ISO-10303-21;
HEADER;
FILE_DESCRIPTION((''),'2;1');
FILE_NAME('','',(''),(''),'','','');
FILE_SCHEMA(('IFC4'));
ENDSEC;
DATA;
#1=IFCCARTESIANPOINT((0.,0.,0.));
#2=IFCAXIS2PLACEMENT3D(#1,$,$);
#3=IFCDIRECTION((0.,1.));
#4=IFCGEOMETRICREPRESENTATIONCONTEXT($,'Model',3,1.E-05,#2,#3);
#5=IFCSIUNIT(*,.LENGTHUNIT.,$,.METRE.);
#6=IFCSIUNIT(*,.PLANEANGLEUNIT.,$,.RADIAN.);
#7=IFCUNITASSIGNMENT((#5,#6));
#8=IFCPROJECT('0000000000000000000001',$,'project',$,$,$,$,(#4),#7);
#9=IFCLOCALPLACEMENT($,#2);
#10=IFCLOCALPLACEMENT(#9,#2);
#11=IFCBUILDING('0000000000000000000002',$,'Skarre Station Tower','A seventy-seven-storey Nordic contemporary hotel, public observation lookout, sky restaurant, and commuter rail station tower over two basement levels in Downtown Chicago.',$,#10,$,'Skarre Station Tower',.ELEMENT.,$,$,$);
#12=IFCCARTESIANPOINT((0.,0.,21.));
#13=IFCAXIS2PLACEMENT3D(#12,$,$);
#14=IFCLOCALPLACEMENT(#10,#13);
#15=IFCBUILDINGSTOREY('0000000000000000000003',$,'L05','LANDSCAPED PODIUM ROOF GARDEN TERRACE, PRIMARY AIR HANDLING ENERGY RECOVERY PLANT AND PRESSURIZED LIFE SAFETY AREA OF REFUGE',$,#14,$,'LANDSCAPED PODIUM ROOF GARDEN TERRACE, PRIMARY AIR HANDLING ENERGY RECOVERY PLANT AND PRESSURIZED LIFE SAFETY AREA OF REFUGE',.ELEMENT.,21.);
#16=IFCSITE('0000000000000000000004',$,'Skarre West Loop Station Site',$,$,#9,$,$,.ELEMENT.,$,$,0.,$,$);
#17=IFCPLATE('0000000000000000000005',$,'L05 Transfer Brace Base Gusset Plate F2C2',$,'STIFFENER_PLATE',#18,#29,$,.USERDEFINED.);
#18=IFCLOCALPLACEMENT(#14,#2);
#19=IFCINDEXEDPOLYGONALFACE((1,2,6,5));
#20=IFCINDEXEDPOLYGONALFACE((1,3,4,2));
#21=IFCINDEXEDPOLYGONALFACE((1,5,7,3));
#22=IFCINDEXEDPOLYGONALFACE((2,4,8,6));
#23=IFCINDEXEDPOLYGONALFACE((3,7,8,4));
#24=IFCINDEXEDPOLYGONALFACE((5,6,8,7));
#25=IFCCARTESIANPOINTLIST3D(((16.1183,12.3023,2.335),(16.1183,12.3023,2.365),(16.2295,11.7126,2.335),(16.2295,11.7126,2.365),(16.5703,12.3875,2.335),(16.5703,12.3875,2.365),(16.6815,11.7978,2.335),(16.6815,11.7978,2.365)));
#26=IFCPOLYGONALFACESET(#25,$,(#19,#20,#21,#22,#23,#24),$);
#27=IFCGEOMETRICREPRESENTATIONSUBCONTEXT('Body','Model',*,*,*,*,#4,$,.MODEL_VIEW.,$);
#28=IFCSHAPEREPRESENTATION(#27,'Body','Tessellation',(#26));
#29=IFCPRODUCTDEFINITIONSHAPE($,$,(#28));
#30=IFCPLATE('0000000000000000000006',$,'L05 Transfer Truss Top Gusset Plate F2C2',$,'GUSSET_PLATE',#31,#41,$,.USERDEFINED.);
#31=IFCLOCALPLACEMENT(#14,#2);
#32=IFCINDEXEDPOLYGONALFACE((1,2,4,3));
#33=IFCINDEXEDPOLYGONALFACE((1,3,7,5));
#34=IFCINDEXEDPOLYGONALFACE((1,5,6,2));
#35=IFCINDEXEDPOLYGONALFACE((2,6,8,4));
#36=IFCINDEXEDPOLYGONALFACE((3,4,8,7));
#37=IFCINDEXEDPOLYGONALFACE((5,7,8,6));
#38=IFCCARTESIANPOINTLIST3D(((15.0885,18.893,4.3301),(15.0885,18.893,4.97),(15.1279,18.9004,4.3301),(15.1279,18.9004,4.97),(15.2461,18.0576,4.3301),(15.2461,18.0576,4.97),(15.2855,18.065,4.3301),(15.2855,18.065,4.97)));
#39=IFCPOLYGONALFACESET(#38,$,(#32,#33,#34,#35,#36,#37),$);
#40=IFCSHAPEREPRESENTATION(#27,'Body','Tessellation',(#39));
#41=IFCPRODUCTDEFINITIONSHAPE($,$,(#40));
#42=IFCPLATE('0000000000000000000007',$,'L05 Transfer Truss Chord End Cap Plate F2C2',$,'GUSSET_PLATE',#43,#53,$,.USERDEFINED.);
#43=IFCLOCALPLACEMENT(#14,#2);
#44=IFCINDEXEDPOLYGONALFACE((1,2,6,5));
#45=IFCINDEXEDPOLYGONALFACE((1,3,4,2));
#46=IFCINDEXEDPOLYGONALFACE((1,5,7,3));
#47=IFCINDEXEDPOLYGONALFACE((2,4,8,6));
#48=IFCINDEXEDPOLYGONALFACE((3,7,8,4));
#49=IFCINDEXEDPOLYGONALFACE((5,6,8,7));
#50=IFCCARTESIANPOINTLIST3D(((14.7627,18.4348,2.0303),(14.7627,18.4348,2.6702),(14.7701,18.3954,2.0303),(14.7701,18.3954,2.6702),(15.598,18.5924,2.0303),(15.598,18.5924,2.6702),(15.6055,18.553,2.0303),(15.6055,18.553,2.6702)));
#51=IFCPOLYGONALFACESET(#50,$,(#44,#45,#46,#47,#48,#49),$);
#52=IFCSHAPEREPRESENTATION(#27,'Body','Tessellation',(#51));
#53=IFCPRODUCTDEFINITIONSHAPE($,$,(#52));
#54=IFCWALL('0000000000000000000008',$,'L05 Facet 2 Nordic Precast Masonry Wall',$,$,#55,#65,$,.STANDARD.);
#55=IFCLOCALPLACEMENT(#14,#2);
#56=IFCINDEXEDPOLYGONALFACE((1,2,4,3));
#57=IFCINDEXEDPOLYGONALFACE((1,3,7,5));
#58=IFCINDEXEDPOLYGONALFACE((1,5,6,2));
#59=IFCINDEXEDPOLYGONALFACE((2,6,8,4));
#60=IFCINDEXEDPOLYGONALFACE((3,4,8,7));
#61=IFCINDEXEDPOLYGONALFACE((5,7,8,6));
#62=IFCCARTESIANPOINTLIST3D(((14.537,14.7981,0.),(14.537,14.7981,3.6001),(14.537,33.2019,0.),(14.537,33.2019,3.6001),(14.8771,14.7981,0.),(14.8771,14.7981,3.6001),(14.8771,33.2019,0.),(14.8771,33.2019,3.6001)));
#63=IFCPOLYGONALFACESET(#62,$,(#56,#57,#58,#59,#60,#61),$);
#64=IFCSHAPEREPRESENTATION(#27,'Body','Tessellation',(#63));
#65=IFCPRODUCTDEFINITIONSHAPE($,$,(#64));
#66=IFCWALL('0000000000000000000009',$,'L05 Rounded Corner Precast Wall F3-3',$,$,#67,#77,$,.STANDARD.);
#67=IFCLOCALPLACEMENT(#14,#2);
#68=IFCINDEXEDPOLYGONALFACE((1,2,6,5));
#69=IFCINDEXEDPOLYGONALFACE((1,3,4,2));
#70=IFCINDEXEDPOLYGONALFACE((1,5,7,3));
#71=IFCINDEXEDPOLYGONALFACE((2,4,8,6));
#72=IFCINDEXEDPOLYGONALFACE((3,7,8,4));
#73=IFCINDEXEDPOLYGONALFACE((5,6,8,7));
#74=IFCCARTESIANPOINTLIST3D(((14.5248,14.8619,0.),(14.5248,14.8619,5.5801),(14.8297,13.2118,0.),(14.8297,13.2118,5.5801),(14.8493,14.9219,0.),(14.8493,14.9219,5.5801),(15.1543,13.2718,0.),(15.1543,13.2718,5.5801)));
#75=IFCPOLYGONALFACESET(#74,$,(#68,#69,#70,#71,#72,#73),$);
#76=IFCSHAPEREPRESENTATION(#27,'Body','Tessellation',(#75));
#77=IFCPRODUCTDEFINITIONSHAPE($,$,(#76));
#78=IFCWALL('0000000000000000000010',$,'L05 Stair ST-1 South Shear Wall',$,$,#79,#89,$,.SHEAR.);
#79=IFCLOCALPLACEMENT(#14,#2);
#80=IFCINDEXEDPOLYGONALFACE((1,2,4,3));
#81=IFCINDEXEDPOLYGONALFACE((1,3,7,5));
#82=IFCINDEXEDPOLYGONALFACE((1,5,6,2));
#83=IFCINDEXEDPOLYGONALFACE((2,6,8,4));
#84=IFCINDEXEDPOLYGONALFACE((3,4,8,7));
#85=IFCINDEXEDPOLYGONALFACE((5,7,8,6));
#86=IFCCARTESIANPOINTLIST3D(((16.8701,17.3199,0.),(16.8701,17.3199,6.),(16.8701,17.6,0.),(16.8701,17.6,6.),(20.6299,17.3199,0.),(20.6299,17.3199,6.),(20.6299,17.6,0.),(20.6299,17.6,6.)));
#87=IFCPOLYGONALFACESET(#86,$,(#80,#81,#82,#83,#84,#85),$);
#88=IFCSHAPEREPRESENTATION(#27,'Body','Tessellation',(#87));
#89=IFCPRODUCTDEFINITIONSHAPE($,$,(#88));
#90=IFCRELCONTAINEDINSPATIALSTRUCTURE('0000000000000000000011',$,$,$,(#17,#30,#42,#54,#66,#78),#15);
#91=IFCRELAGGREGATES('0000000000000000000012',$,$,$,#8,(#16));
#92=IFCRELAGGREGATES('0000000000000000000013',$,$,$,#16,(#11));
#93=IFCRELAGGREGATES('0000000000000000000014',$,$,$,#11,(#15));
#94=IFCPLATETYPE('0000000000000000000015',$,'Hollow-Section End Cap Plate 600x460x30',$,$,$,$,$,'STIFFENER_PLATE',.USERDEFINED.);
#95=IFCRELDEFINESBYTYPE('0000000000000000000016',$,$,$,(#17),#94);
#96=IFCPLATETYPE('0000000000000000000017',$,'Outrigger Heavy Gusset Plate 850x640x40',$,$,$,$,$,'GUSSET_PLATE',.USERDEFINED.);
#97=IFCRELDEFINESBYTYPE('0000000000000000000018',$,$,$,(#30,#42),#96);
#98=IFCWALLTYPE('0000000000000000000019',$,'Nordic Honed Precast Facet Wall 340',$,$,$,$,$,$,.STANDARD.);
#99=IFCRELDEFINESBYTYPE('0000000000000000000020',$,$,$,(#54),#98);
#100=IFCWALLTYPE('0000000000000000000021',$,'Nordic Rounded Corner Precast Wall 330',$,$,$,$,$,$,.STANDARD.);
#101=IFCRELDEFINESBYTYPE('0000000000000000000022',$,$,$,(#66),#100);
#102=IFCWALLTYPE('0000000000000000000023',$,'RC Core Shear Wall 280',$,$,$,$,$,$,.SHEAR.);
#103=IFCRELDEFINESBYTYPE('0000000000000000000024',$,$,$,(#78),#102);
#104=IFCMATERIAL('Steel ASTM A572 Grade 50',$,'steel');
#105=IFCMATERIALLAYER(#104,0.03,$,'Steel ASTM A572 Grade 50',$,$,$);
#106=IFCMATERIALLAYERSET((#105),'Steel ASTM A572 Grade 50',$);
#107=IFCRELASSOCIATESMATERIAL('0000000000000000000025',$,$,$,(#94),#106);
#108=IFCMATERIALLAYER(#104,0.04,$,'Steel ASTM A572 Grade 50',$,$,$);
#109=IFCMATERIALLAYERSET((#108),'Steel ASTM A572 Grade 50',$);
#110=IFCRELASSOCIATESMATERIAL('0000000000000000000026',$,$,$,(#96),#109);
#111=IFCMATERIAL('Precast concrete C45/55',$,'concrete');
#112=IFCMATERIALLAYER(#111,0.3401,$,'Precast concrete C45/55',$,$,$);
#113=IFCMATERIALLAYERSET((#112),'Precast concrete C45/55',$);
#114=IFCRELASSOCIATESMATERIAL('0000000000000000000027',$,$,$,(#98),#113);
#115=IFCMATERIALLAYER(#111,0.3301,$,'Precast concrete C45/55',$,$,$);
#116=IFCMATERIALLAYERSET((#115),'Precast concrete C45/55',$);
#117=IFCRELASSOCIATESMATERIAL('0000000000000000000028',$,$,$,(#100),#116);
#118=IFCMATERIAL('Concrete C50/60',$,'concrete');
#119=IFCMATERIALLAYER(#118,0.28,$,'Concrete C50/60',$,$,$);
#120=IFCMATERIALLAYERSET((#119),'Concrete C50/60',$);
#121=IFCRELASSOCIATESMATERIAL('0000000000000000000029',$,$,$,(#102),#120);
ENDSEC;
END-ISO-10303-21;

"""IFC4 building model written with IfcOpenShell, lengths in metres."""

from ifc_helpers import new_model, si_unit, direction, frame, frame_2d, origin, origin_2d, place, context, subcontext, project, spatial, rectangle, extrude, material, layer, layer_set, type_object, element, save


model = new_model("IFC4")

# Units and contexts
model_context = context("Model", 3, precision=1e-05, world=origin(), true_north=direction((0.0, 1.0)))
body_context = subcontext(model_context, "Body", "Model", "MODEL_VIEW")
ifc_project = project(units=[si_unit("LENGTHUNIT", "METRE"), si_unit("PLANEANGLEUNIT", "RADIAN")], contexts=[model_context])

# Site, building, storey
site_placement = place(None, origin())
site = spatial("IfcSite", under=ifc_project, at=site_placement, Name="Skarre West Loop Station Site", CompositionType="ELEMENT", RefElevation=0.0)
building_placement = place(site_placement, origin())
building = spatial("IfcBuilding", under=site, at=building_placement, Name="Skarre Station Tower", Description="A seventy-seven-storey Nordic contemporary hotel, public observation lookout, sky restaurant, and commuter rail station tower over two basement levels in Downtown Chicago.", LongName="Skarre Station Tower", CompositionType="ELEMENT")
storey_placement = place(building_placement, frame((0.0, 0.0, 21.0)))
storey = spatial("IfcBuildingStorey", under=building, at=storey_placement, Name="L05", Description="LANDSCAPED PODIUM ROOF GARDEN TERRACE, PRIMARY AIR HANDLING ENERGY RECOVERY PLANT AND PRESSURIZED LIFE SAFETY AREA OF REFUGE", LongName="LANDSCAPED PODIUM ROOF GARDEN TERRACE, PRIMARY AIR HANDLING ENERGY RECOVERY PLANT AND PRESSURIZED LIFE SAFETY AREA OF REFUGE", CompositionType="ELEMENT", Elevation=21.0)

# Plates
ifc_material_1 = material(Name="Steel ASTM A572 Grade 50", Category="steel")
ifc_layer_1 = layer(ifc_material_1, 0.03, Name="Steel ASTM A572 Grade 50")
ifc_layer_set_1 = layer_set([ifc_layer_1], Name="Steel ASTM A572 Grade 50")
plate_type_1 = type_object("IfcPlateType", Name="Hollow-Section End Cap Plate 600x460x30", ElementType="STIFFENER_PLATE", PredefinedType="USERDEFINED", material=ifc_layer_set_1)
plate_1_placement = place(storey_placement, frame((16.3999, 12.05, 2.335), z_axis=(0.0, 0.0, 1.0), x_axis=(-0.185409, 0.982661, 0.0)))
element("IfcPlate", 1, at=plate_1_placement, inside=storey, type_object=plate_type_1, Name="L05 Transfer Brace Base Gusset Plate F2C2", ObjectType="STIFFENER_PLATE", PredefinedType="USERDEFINED", context=body_context, shape_type="SweptSolid", body=[
    extrude(rectangle(XDim=0.6001, YDim=0.46, at=origin_2d()), origin(), (0.0, 0.0, 1.0), 0.03),
])
ifc_layer_2 = layer(ifc_material_1, 0.04, Name="Steel ASTM A572 Grade 50")
ifc_layer_set_2 = layer_set([ifc_layer_2], Name="Steel ASTM A572 Grade 50")
plate_type_2 = type_object("IfcPlateType", Name="Outrigger Heavy Gusset Plate 850x640x40", ElementType="GUSSET_PLATE", PredefinedType="USERDEFINED", material=ifc_layer_set_2)
plate_2_placement = place(storey_placement, frame((15.187, 18.479, 4.3301), z_axis=(0.0, 0.0, 1.0), x_axis=(-0.185409, 0.982661, 0.0)))
element("IfcPlate", 2, at=plate_2_placement, inside=storey, type_object=plate_type_2, Name="L05 Transfer Truss Top Gusset Plate F2C2", ObjectType="GUSSET_PLATE", PredefinedType="USERDEFINED", context=body_context, shape_type="SweptSolid", body=[
    extrude(rectangle(XDim=0.8501, YDim=0.04, at=origin_2d()), origin(), (0.0, 0.0, 1.0), 0.6399),
])
plate_3_placement = place(storey_placement, frame((15.1841, 18.4939, 2.0303), z_axis=(0.0, 0.0, 1.0), x_axis=(-0.185409, 0.982661, 0.0)))
element("IfcPlate", 3, at=plate_3_placement, inside=storey, type_object=plate_type_2, Name="L05 Transfer Truss Chord End Cap Plate F2C2", ObjectType="GUSSET_PLATE", PredefinedType="USERDEFINED", context=body_context, shape_type="SweptSolid", body=[
    extrude(rectangle(XDim=0.04, YDim=0.8501, at=origin_2d()), origin(), (0.0, 0.0, 1.0), 0.6399),
])

# Walls
ifc_material_2 = material(Name="Precast concrete C45/55", Category="concrete")
ifc_layer_3 = layer(ifc_material_2, 0.3401, Name="Precast concrete C45/55")
ifc_layer_set_3 = layer_set([ifc_layer_3], Name="Precast concrete C45/55")
wall_type_1 = type_object("IfcWallType", Name="Nordic Honed Precast Facet Wall 340", PredefinedType="STANDARD", material=ifc_layer_set_3)
wall_1_placement = place(storey_placement, frame((14.707, 14.7981, 0.0), z_axis=(0.0, 0.0, 1.0), x_axis=(0.0, 1.0, 0.0)))
element("IfcWall", 4, at=wall_1_placement, inside=storey, type_object=wall_type_1, Name="L05 Facet 2 Nordic Precast Masonry Wall", PredefinedType="STANDARD", context=body_context, shape_type="SweptSolid", body=[
    extrude(rectangle(XDim=18.4038, YDim=0.3401, at=frame_2d((9.2019, 0.0))), origin(), (0.0, 0.0, 1.0), 3.6001),
])
ifc_layer_4 = layer(ifc_material_2, 0.3301, Name="Precast concrete C45/55")
ifc_layer_set_4 = layer_set([ifc_layer_4], Name="Precast concrete C45/55")
wall_type_2 = type_object("IfcWallType", Name="Nordic Rounded Corner Precast Wall 330", PredefinedType="STANDARD", material=ifc_layer_set_4)
wall_2_placement = place(storey_placement, frame((14.9919, 13.2419, 0.0), z_axis=(0.0, 0.0, 1.0), x_axis=(-0.181714, 0.983351, 0.0)))
element("IfcWall", 5, at=wall_2_placement, inside=storey, type_object=wall_type_2, Name="L05 Rounded Corner Precast Wall F3-3", PredefinedType="STANDARD", context=body_context, shape_type="SweptSolid", body=[
    extrude(rectangle(XDim=1.678, YDim=0.3301, at=frame_2d((0.8389, 0.0))), origin(), (0.0, 0.0, 1.0), 5.5801),
])
ifc_material_3 = material(Name="Concrete C50/60", Category="concrete")
ifc_layer_5 = layer(ifc_material_3, 0.28, Name="Concrete C50/60")
ifc_layer_set_5 = layer_set([ifc_layer_5], Name="Concrete C50/60")
wall_type_3 = type_object("IfcWallType", Name="RC Core Shear Wall 280", PredefinedType="SHEAR", material=ifc_layer_set_5)
wall_3_placement = place(storey_placement, frame((16.8701, 17.46, 0.0), z_axis=(0.0, 0.0, 1.0), x_axis=(1.0, 0.0, 0.0)))
element("IfcWall", 6, at=wall_3_placement, inside=storey, type_object=wall_type_3, Name="L05 Stair ST-1 South Shear Wall", PredefinedType="SHEAR", context=body_context, shape_type="SweptSolid", body=[
    extrude(rectangle(XDim=3.7598, YDim=0.28, at=frame_2d((1.8799, 0.0))), origin(), (0.0, 0.0, 1.0), 6.0),
])

save(model, "model.ifc")
